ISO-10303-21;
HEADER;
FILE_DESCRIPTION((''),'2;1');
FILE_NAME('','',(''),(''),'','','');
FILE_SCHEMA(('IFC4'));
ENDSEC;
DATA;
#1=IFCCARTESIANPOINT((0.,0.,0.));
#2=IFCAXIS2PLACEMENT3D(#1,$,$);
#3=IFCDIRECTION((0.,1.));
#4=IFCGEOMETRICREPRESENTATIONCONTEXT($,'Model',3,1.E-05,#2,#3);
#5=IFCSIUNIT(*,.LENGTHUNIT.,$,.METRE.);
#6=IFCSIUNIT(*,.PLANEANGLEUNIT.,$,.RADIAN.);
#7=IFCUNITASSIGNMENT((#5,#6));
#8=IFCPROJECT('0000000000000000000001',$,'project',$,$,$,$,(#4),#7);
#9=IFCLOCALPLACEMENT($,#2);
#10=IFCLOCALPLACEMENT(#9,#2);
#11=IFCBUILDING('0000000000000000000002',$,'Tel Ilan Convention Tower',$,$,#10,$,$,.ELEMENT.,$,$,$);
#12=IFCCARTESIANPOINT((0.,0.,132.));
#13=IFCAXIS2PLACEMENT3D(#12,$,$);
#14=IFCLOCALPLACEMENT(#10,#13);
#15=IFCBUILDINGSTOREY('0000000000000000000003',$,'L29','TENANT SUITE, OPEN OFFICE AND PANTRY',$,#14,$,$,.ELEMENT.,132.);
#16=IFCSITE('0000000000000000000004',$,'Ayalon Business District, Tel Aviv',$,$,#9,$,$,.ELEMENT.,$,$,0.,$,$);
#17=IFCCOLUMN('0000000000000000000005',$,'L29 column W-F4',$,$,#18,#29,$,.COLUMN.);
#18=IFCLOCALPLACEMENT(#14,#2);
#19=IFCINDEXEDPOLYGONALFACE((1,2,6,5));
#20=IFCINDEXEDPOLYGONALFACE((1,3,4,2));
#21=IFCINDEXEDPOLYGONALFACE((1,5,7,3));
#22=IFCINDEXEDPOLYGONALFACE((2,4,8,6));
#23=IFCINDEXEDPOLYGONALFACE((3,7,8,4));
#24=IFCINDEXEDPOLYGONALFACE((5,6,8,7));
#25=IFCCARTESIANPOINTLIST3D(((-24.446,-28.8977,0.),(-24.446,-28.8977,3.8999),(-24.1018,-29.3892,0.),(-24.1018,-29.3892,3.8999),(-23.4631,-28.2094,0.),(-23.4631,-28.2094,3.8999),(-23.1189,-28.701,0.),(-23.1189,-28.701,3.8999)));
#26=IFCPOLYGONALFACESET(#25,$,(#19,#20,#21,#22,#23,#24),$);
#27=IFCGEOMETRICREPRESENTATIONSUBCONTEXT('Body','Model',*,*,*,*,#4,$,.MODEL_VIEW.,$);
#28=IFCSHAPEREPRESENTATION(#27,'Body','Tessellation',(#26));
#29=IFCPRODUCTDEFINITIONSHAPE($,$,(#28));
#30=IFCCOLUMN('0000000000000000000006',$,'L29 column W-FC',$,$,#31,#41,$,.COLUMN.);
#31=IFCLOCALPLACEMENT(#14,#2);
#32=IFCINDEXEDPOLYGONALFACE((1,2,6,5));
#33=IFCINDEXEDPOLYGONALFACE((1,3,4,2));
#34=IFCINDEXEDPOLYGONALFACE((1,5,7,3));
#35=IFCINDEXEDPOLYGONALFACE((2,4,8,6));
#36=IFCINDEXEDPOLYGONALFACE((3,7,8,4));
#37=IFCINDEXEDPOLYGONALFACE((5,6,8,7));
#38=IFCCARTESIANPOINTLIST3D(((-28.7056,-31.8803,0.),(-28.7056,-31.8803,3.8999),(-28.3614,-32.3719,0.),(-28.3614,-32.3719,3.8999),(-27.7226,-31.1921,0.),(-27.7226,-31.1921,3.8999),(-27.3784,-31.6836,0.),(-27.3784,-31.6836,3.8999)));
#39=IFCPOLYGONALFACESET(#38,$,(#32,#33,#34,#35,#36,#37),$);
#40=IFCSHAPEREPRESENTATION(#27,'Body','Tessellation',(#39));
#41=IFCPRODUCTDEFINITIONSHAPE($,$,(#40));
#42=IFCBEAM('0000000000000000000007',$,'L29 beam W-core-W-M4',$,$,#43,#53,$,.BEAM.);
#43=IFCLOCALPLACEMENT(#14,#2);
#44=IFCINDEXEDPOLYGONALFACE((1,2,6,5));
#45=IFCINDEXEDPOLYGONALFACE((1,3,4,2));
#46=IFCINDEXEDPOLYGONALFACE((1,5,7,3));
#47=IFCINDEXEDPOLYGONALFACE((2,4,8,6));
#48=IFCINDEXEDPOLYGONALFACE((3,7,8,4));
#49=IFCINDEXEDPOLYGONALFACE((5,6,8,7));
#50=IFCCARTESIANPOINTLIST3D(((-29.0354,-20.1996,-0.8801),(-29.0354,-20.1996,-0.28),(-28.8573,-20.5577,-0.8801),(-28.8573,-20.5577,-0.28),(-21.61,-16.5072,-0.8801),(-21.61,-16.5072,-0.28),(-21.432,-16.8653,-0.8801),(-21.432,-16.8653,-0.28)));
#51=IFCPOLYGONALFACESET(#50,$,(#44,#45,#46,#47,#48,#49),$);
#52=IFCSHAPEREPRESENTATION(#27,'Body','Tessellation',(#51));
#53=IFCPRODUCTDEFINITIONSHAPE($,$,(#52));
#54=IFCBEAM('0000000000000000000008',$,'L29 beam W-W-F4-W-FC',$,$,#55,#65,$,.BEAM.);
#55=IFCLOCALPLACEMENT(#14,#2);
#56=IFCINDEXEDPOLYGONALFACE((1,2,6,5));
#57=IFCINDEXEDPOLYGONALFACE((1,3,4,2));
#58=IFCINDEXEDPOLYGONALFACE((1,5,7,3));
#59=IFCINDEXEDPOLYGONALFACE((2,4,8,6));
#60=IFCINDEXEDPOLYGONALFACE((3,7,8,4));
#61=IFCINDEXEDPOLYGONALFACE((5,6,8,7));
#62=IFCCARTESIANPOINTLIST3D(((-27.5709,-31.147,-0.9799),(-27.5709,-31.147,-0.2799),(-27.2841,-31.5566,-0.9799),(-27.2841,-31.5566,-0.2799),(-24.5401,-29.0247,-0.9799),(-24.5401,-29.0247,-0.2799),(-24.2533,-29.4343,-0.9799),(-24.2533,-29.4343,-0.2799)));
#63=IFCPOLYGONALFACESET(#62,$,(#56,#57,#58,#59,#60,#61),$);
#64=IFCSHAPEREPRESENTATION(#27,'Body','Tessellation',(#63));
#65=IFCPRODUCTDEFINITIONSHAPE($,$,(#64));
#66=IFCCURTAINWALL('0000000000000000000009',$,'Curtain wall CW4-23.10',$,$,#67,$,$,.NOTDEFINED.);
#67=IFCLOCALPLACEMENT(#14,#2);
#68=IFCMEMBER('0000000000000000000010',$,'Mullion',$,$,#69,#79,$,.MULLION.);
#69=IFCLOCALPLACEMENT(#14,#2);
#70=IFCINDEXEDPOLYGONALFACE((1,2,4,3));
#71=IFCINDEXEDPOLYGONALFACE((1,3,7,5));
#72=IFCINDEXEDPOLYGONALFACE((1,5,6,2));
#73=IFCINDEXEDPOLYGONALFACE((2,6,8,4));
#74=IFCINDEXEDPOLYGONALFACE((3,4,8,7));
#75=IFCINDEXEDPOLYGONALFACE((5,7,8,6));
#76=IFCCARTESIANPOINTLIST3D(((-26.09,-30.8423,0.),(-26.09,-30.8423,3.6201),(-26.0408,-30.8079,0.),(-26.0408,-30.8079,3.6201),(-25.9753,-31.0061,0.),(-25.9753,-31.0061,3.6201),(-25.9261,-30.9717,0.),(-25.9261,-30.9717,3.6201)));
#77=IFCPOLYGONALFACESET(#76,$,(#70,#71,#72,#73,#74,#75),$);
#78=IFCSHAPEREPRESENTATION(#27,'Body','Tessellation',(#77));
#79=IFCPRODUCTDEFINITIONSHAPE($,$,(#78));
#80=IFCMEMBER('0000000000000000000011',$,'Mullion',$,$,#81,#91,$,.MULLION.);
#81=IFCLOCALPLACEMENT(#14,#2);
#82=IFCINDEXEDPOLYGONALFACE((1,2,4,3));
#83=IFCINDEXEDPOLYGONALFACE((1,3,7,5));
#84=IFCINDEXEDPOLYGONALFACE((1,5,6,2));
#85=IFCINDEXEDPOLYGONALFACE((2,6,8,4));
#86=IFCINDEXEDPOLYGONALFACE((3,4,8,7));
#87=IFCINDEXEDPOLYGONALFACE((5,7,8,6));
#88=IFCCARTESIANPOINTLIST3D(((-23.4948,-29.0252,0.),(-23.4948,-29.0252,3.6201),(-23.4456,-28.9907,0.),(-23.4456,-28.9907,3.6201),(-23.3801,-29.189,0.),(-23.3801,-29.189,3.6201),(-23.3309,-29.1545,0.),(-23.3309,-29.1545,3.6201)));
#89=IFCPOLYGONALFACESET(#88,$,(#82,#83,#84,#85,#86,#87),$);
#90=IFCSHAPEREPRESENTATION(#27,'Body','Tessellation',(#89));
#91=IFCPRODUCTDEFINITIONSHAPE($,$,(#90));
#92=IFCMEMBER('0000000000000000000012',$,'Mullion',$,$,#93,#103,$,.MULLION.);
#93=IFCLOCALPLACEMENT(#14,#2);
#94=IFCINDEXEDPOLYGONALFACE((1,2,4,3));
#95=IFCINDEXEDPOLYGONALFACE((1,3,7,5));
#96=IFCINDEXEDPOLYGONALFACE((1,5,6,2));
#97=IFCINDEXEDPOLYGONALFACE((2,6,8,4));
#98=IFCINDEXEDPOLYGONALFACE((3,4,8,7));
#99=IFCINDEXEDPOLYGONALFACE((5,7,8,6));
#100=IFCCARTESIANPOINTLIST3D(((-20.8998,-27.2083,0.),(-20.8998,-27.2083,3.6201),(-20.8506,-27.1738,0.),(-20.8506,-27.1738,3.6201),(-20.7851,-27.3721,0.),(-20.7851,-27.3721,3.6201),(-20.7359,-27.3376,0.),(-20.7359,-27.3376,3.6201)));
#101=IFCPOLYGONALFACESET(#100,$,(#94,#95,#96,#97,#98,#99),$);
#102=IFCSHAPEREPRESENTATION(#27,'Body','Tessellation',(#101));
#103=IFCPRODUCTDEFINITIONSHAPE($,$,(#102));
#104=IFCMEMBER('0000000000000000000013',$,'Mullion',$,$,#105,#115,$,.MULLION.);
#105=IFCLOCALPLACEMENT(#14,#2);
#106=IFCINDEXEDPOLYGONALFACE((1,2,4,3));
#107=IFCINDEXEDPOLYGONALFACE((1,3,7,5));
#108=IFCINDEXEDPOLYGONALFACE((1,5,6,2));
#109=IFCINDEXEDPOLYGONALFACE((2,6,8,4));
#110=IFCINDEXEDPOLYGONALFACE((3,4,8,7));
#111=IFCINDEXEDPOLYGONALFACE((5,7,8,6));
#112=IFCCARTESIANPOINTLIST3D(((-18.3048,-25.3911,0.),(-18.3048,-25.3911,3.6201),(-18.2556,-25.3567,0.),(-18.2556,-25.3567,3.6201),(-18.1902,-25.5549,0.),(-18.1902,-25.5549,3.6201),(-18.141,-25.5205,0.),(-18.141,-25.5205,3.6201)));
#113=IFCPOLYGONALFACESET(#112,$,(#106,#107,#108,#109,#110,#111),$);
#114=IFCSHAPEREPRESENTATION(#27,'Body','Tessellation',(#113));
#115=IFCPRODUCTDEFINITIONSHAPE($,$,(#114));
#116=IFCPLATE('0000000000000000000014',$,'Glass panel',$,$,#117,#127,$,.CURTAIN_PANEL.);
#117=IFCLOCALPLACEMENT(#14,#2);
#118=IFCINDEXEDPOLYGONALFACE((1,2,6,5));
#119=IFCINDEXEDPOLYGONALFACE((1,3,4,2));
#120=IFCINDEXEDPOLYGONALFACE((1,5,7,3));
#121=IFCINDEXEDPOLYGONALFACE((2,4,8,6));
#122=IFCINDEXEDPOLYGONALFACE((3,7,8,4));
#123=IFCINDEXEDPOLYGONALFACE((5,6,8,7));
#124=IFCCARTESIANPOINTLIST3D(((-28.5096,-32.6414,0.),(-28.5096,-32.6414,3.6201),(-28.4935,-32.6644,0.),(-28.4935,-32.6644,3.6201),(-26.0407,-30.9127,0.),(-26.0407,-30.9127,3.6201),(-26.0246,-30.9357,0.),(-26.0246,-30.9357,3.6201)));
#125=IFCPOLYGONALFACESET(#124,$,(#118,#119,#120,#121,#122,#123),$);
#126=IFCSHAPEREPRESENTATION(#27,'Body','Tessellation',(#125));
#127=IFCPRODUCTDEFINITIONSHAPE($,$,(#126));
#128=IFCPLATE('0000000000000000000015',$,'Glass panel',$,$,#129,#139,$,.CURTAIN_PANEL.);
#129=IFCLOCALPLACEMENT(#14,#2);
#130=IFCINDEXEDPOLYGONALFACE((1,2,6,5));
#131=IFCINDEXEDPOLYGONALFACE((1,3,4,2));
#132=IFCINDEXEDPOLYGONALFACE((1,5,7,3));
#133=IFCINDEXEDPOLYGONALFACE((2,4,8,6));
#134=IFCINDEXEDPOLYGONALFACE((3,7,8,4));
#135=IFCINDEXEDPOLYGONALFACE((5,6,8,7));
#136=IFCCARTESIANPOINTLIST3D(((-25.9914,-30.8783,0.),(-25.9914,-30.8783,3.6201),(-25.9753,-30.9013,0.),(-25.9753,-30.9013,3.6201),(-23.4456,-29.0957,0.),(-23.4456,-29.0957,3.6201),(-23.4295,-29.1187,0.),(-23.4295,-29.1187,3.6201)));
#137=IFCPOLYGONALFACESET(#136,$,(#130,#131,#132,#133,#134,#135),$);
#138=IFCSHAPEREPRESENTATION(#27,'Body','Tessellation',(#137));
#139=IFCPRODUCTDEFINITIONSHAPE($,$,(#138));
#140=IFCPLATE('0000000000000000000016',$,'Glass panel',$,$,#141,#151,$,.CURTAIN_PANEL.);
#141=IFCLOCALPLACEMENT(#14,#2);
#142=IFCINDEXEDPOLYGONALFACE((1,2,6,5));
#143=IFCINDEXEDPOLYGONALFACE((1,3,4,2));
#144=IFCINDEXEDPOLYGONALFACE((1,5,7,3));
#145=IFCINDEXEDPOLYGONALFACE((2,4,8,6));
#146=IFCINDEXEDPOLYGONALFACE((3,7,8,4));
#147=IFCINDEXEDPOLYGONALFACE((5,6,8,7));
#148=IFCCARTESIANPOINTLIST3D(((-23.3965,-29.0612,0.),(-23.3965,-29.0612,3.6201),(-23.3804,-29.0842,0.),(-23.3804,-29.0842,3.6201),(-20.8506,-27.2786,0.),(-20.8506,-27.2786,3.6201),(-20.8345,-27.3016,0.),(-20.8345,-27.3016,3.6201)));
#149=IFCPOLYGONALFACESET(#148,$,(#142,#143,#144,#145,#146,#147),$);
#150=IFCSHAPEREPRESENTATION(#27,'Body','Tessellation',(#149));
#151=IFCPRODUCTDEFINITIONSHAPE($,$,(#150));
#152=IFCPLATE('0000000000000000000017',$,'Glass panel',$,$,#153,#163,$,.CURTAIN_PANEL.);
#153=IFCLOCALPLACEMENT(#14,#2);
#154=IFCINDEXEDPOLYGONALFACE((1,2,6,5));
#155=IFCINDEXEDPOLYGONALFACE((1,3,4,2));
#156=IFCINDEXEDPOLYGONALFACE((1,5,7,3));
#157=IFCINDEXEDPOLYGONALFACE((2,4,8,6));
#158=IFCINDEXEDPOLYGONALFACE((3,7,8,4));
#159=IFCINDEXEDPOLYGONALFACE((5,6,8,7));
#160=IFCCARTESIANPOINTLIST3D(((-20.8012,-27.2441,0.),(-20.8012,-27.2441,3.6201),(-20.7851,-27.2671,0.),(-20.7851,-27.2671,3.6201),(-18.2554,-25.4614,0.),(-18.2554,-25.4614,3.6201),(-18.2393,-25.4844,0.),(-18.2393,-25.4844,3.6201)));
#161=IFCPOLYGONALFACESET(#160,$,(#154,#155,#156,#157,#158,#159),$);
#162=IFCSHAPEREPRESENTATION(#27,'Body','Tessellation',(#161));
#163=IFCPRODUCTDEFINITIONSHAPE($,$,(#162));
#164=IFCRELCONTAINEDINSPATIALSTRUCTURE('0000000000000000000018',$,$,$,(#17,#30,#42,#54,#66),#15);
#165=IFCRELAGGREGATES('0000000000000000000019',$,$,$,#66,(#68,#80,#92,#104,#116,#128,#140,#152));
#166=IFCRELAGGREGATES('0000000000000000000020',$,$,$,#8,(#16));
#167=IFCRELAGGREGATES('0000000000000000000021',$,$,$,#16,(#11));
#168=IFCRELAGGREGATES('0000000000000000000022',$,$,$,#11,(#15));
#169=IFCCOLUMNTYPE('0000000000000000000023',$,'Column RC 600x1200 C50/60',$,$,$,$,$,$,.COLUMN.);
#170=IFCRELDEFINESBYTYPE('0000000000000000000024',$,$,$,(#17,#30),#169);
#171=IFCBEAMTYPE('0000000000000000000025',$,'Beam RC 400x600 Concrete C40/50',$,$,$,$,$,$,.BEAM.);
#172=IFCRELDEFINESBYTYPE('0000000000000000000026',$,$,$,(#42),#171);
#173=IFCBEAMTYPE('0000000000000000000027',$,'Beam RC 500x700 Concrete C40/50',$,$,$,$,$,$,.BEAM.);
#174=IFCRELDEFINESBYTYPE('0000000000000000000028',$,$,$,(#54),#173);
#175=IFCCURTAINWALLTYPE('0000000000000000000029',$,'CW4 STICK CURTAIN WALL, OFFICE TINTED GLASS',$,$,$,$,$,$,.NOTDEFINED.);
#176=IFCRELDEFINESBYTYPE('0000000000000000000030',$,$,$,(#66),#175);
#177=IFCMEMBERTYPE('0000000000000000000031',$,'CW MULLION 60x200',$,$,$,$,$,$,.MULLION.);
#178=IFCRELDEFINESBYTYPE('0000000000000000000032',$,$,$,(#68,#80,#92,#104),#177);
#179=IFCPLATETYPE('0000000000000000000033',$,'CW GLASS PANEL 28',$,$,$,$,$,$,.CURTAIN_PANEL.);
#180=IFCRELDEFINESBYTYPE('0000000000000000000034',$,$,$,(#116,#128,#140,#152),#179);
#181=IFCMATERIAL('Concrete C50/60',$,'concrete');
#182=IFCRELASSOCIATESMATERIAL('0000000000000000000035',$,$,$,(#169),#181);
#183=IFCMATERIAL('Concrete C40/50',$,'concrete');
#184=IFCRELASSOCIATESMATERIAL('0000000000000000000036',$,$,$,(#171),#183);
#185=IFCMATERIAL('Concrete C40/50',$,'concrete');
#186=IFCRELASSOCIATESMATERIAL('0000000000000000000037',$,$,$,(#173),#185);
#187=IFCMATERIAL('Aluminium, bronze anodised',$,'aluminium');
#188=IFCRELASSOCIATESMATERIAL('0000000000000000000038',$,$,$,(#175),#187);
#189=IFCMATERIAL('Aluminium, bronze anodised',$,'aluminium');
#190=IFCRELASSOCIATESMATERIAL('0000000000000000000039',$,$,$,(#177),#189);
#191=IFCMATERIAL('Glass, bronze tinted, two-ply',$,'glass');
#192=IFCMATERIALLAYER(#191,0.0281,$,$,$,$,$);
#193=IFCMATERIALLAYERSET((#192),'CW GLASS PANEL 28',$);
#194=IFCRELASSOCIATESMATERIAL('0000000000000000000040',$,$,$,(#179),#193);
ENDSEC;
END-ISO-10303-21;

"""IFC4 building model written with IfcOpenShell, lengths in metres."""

from ifc_helpers import new_model, si_unit, direction, frame, origin, origin_2d, place, context, subcontext, project, spatial, rectangle, extrude, material, layer, layer_set, material_profile, profile_set, type_object, element, aggregate, save


model = new_model("IFC4")

# Units and contexts
model_context = context("Model", 3, precision=1e-05, world=origin(), true_north=direction((0.0, 1.0)))
body_context = subcontext(model_context, "Body", "Model", "MODEL_VIEW")
ifc_project = project(units=[si_unit("LENGTHUNIT", "METRE"), si_unit("PLANEANGLEUNIT", "RADIAN")], contexts=[model_context])

# Site, building, storey
site_placement = place(None, origin())
site = spatial("IfcSite", under=ifc_project, at=site_placement, Name="Ayalon Business District, Tel Aviv", CompositionType="ELEMENT", RefElevation=0.0)
building_placement = place(site_placement, origin())
building = spatial("IfcBuilding", under=site, at=building_placement, Name="Tel Ilan Convention Tower", CompositionType="ELEMENT")
storey_placement = place(building_placement, frame((0.0, 0.0, 132.0)))
storey = spatial("IfcBuildingStorey", under=building, at=storey_placement, Name="L29", Description="TENANT SUITE, OPEN OFFICE AND PANTRY", CompositionType="ELEMENT", Elevation=132.0)

# Columns
ifc_material_1 = material(Name="Concrete C50/60", Category="concrete")
ifc_material_profile_1 = material_profile(ifc_material_1, rectangle(XDim=1.2, YDim=0.6001, at=origin_2d()), Name="RC 600x1200")
ifc_profile_set_1 = profile_set([ifc_material_profile_1], Name="Concrete C50/60")
column_type = type_object("IfcColumnType", Name="Column RC 600x1200 C50/60", PredefinedType="COLUMN", material=ifc_profile_set_1)
for number, where, z_axis, x_axis, name in (
    (1, (-23.7825, -28.7993, 0.0), (0.0, 0.0, 1.0), (-0.819152, -0.573576, 0.0), "L29 column W-F4"),
    (2, (-28.042, -31.782, 0.0), (0.0, 0.0, 1.0), (-0.819152, -0.573576, 0.0), "L29 column W-FC"),
):
    element("IfcColumn", number, at=place(storey_placement, frame(where, z_axis=z_axis, x_axis=x_axis)), inside=storey, type_object=column_type, Name=name, PredefinedType="COLUMN", context=body_context, shape_type="SweptSolid", body=[
        extrude(rectangle(XDim=1.2, YDim=0.6001, at=origin_2d()), origin(), (0.0, 0.0, 1.0), 3.8999),
    ])

# Beams
ifc_material_2 = material(Name="Concrete C40/50", Category="concrete")
ifc_material_profile_2 = material_profile(ifc_material_2, rectangle(XDim=0.3999, YDim=0.6001, at=origin_2d()), Name="RC 400x600")
ifc_profile_set_2 = profile_set([ifc_material_profile_2], Name="Concrete C40/50")
beam_type_1 = type_object("IfcBeamType", Name="Beam RC 400x600 Concrete C40/50", PredefinedType="BEAM", material=ifc_profile_set_2)
beam_1_placement = place(storey_placement, frame((-21.521, -16.6863, -0.5801), z_axis=(-0.895402, -0.445258, 0.0), x_axis=(0.445258, -0.895402, 0.0)))
element("IfcBeam", 3, at=beam_1_placement, inside=storey, type_object=beam_type_1, Name="L29 beam W-core-W-M4", PredefinedType="BEAM", context=body_context, shape_type="SweptSolid", body=[
    extrude(rectangle(XDim=0.3999, YDim=0.6001, at=origin_2d()), origin(), (0.0, 0.0, 1.0), 8.2927),
])
ifc_material_3 = material(Name="Concrete C40/50", Category="concrete")
ifc_material_profile_3 = material_profile(ifc_material_3, rectangle(XDim=0.5, YDim=0.7, at=origin_2d()), Name="RC 500x700")
ifc_profile_set_3 = profile_set([ifc_material_profile_3], Name="Concrete C40/50")
beam_type_2 = type_object("IfcBeamType", Name="Beam RC 500x700 Concrete C40/50", PredefinedType="BEAM", material=ifc_profile_set_3)
beam_2_placement = place(storey_placement, frame((-24.3967, -29.2295, -0.6299), z_axis=(-0.819133, -0.573604, 0.0), x_axis=(0.573604, -0.819133, 0.0)))
element("IfcBeam", 4, at=beam_2_placement, inside=storey, type_object=beam_type_2, Name="L29 beam W-W-F4-W-FC", PredefinedType="BEAM", context=body_context, shape_type="SweptSolid", body=[
    extrude(rectangle(XDim=0.5, YDim=0.7, at=origin_2d()), origin(), (0.0, 0.0, 1.0), 3.7),
])

# Curtain wall, members, plates
ifc_material_4 = material(Name="Aluminium, bronze anodised", Category="aluminium")
curtain_wall_type = type_object("IfcCurtainWallType", Name="CW4 STICK CURTAIN WALL, OFFICE TINTED GLASS", PredefinedType="NOTDEFINED", material=ifc_material_4)
curtain_wall_placement = place(storey_placement, origin())
curtain_wall = element("IfcCurtainWall", 5, at=curtain_wall_placement, inside=storey, type_object=curtain_wall_type, Name="Curtain wall CW4-23.10", PredefinedType="NOTDEFINED")
ifc_material_5 = material(Name="Aluminium, bronze anodised", Category="aluminium")
ifc_material_profile_4 = material_profile(ifc_material_5, rectangle(XDim=0.0601, YDim=0.2, at=origin_2d()), Name="CW MULLION 60x200")
ifc_profile_set_4 = profile_set([ifc_material_profile_4], Name="Aluminium, bronze anodised")
member_type = type_object("IfcMemberType", Name="CW MULLION 60x200", PredefinedType="MULLION", material=ifc_profile_set_4)
member_1_placement = place(storey_placement, frame((-26.0081, -30.907, 0.0), z_axis=(0.0, 0.0, 1.0), x_axis=(0.819152, 0.573576, 0.0)))
member_1 = element("IfcMember", 6, at=member_1_placement, type_object=member_type, Name="Mullion", PredefinedType="MULLION", context=body_context, shape_type="SweptSolid", body=[
    extrude(rectangle(XDim=0.0601, YDim=0.2, at=origin_2d()), origin(), (0.0, 0.0, 1.0), 3.6201),
])
member_2_placement = place(storey_placement, frame((-23.4128, -29.0898, 0.0), z_axis=(0.0, 0.0, 1.0), x_axis=(0.819152, 0.573576, 0.0)))
member_2 = element("IfcMember", 7, at=member_2_placement, type_object=member_type, Name="Mullion", PredefinedType="MULLION", context=body_context, shape_type="SweptSolid", body=[
    extrude(rectangle(XDim=0.0601, YDim=0.2, at=origin_2d()), origin(), (0.0, 0.0, 1.0), 3.6201),
])
member_3_placement = place(storey_placement, frame((-20.8179, -27.2729, 0.0), z_axis=(0.0, 0.0, 1.0), x_axis=(0.819152, 0.573576, 0.0)))
member_3 = element("IfcMember", 8, at=member_3_placement, type_object=member_type, Name="Mullion", PredefinedType="MULLION", context=body_context, shape_type="SweptSolid", body=[
    extrude(rectangle(XDim=0.0601, YDim=0.2, at=origin_2d()), origin(), (0.0, 0.0, 1.0), 3.6201),
])
member_4_placement = place(storey_placement, frame((-18.2229, -25.4558, 0.0), z_axis=(0.0, 0.0, 1.0), x_axis=(0.819152, 0.573576, 0.0)))
member_4 = element("IfcMember", 9, at=member_4_placement, type_object=member_type, Name="Mullion", PredefinedType="MULLION", context=body_context, shape_type="SweptSolid", body=[
    extrude(rectangle(XDim=0.0601, YDim=0.2, at=origin_2d()), origin(), (0.0, 0.0, 1.0), 3.6201),
])
ifc_material_6 = material(Name="Glass, bronze tinted, two-ply", Category="glass")
ifc_layer_1 = layer(ifc_material_6, 0.0281)
ifc_layer_set_1 = layer_set([ifc_layer_1], Name="CW GLASS PANEL 28")
plate_type = type_object("IfcPlateType", Name="CW GLASS PANEL 28", PredefinedType="CURTAIN_PANEL", material=ifc_layer_set_1)
plate_1_placement = place(storey_placement, frame((-27.2671, -31.7886, 0.0), z_axis=(0.0, 0.0, 1.0), x_axis=(0.819152, 0.573576, 0.0)))
plate_1 = element("IfcPlate", 10, at=plate_1_placement, type_object=plate_type, Name="Glass panel", PredefinedType="CURTAIN_PANEL", context=body_context, shape_type="SweptSolid", body=[
    extrude(rectangle(XDim=3.0139, YDim=0.0281, at=origin_2d()), origin(), (0.0, 0.0, 1.0), 3.6201),
])
plate_2_placement = place(storey_placement, frame((-24.7104, -29.9985, 0.0), z_axis=(0.0, 0.0, 1.0), x_axis=(0.819152, 0.573576, 0.0)))
plate_2 = element("IfcPlate", 11, at=plate_2_placement, type_object=plate_type, Name="Glass panel", PredefinedType="CURTAIN_PANEL", context=body_context, shape_type="SweptSolid", body=[
    extrude(rectangle(XDim=3.1079, YDim=0.0281, at=origin_2d()), origin(), (0.0, 0.0, 1.0), 3.6201),
])
plate_3_placement = place(storey_placement, frame((-22.1155, -28.1814, 0.0), z_axis=(0.0, 0.0, 1.0), x_axis=(0.819152, 0.573576, 0.0)))
plate_3 = element("IfcPlate", 12, at=plate_3_placement, type_object=plate_type, Name="Glass panel", PredefinedType="CURTAIN_PANEL", context=body_context, shape_type="SweptSolid", body=[
    extrude(rectangle(XDim=3.1079, YDim=0.0281, at=origin_2d()), origin(), (0.0, 0.0, 1.0), 3.6201),
])
plate_4_placement = place(storey_placement, frame((-19.5203, -26.3643, 0.0), z_axis=(0.0, 0.0, 1.0), x_axis=(0.819152, 0.573576, 0.0)))
plate_4 = element("IfcPlate", 13, at=plate_4_placement, type_object=plate_type, Name="Glass panel", PredefinedType="CURTAIN_PANEL", context=body_context, shape_type="SweptSolid", body=[
    extrude(rectangle(XDim=3.1079, YDim=0.0281, at=origin_2d()), origin(), (0.0, 0.0, 1.0), 3.6201),
])
aggregate(curtain_wall, [member_1, member_2, member_3, member_4, plate_1, plate_2, plate_3, plate_4])

save(model, "model.ifc")
